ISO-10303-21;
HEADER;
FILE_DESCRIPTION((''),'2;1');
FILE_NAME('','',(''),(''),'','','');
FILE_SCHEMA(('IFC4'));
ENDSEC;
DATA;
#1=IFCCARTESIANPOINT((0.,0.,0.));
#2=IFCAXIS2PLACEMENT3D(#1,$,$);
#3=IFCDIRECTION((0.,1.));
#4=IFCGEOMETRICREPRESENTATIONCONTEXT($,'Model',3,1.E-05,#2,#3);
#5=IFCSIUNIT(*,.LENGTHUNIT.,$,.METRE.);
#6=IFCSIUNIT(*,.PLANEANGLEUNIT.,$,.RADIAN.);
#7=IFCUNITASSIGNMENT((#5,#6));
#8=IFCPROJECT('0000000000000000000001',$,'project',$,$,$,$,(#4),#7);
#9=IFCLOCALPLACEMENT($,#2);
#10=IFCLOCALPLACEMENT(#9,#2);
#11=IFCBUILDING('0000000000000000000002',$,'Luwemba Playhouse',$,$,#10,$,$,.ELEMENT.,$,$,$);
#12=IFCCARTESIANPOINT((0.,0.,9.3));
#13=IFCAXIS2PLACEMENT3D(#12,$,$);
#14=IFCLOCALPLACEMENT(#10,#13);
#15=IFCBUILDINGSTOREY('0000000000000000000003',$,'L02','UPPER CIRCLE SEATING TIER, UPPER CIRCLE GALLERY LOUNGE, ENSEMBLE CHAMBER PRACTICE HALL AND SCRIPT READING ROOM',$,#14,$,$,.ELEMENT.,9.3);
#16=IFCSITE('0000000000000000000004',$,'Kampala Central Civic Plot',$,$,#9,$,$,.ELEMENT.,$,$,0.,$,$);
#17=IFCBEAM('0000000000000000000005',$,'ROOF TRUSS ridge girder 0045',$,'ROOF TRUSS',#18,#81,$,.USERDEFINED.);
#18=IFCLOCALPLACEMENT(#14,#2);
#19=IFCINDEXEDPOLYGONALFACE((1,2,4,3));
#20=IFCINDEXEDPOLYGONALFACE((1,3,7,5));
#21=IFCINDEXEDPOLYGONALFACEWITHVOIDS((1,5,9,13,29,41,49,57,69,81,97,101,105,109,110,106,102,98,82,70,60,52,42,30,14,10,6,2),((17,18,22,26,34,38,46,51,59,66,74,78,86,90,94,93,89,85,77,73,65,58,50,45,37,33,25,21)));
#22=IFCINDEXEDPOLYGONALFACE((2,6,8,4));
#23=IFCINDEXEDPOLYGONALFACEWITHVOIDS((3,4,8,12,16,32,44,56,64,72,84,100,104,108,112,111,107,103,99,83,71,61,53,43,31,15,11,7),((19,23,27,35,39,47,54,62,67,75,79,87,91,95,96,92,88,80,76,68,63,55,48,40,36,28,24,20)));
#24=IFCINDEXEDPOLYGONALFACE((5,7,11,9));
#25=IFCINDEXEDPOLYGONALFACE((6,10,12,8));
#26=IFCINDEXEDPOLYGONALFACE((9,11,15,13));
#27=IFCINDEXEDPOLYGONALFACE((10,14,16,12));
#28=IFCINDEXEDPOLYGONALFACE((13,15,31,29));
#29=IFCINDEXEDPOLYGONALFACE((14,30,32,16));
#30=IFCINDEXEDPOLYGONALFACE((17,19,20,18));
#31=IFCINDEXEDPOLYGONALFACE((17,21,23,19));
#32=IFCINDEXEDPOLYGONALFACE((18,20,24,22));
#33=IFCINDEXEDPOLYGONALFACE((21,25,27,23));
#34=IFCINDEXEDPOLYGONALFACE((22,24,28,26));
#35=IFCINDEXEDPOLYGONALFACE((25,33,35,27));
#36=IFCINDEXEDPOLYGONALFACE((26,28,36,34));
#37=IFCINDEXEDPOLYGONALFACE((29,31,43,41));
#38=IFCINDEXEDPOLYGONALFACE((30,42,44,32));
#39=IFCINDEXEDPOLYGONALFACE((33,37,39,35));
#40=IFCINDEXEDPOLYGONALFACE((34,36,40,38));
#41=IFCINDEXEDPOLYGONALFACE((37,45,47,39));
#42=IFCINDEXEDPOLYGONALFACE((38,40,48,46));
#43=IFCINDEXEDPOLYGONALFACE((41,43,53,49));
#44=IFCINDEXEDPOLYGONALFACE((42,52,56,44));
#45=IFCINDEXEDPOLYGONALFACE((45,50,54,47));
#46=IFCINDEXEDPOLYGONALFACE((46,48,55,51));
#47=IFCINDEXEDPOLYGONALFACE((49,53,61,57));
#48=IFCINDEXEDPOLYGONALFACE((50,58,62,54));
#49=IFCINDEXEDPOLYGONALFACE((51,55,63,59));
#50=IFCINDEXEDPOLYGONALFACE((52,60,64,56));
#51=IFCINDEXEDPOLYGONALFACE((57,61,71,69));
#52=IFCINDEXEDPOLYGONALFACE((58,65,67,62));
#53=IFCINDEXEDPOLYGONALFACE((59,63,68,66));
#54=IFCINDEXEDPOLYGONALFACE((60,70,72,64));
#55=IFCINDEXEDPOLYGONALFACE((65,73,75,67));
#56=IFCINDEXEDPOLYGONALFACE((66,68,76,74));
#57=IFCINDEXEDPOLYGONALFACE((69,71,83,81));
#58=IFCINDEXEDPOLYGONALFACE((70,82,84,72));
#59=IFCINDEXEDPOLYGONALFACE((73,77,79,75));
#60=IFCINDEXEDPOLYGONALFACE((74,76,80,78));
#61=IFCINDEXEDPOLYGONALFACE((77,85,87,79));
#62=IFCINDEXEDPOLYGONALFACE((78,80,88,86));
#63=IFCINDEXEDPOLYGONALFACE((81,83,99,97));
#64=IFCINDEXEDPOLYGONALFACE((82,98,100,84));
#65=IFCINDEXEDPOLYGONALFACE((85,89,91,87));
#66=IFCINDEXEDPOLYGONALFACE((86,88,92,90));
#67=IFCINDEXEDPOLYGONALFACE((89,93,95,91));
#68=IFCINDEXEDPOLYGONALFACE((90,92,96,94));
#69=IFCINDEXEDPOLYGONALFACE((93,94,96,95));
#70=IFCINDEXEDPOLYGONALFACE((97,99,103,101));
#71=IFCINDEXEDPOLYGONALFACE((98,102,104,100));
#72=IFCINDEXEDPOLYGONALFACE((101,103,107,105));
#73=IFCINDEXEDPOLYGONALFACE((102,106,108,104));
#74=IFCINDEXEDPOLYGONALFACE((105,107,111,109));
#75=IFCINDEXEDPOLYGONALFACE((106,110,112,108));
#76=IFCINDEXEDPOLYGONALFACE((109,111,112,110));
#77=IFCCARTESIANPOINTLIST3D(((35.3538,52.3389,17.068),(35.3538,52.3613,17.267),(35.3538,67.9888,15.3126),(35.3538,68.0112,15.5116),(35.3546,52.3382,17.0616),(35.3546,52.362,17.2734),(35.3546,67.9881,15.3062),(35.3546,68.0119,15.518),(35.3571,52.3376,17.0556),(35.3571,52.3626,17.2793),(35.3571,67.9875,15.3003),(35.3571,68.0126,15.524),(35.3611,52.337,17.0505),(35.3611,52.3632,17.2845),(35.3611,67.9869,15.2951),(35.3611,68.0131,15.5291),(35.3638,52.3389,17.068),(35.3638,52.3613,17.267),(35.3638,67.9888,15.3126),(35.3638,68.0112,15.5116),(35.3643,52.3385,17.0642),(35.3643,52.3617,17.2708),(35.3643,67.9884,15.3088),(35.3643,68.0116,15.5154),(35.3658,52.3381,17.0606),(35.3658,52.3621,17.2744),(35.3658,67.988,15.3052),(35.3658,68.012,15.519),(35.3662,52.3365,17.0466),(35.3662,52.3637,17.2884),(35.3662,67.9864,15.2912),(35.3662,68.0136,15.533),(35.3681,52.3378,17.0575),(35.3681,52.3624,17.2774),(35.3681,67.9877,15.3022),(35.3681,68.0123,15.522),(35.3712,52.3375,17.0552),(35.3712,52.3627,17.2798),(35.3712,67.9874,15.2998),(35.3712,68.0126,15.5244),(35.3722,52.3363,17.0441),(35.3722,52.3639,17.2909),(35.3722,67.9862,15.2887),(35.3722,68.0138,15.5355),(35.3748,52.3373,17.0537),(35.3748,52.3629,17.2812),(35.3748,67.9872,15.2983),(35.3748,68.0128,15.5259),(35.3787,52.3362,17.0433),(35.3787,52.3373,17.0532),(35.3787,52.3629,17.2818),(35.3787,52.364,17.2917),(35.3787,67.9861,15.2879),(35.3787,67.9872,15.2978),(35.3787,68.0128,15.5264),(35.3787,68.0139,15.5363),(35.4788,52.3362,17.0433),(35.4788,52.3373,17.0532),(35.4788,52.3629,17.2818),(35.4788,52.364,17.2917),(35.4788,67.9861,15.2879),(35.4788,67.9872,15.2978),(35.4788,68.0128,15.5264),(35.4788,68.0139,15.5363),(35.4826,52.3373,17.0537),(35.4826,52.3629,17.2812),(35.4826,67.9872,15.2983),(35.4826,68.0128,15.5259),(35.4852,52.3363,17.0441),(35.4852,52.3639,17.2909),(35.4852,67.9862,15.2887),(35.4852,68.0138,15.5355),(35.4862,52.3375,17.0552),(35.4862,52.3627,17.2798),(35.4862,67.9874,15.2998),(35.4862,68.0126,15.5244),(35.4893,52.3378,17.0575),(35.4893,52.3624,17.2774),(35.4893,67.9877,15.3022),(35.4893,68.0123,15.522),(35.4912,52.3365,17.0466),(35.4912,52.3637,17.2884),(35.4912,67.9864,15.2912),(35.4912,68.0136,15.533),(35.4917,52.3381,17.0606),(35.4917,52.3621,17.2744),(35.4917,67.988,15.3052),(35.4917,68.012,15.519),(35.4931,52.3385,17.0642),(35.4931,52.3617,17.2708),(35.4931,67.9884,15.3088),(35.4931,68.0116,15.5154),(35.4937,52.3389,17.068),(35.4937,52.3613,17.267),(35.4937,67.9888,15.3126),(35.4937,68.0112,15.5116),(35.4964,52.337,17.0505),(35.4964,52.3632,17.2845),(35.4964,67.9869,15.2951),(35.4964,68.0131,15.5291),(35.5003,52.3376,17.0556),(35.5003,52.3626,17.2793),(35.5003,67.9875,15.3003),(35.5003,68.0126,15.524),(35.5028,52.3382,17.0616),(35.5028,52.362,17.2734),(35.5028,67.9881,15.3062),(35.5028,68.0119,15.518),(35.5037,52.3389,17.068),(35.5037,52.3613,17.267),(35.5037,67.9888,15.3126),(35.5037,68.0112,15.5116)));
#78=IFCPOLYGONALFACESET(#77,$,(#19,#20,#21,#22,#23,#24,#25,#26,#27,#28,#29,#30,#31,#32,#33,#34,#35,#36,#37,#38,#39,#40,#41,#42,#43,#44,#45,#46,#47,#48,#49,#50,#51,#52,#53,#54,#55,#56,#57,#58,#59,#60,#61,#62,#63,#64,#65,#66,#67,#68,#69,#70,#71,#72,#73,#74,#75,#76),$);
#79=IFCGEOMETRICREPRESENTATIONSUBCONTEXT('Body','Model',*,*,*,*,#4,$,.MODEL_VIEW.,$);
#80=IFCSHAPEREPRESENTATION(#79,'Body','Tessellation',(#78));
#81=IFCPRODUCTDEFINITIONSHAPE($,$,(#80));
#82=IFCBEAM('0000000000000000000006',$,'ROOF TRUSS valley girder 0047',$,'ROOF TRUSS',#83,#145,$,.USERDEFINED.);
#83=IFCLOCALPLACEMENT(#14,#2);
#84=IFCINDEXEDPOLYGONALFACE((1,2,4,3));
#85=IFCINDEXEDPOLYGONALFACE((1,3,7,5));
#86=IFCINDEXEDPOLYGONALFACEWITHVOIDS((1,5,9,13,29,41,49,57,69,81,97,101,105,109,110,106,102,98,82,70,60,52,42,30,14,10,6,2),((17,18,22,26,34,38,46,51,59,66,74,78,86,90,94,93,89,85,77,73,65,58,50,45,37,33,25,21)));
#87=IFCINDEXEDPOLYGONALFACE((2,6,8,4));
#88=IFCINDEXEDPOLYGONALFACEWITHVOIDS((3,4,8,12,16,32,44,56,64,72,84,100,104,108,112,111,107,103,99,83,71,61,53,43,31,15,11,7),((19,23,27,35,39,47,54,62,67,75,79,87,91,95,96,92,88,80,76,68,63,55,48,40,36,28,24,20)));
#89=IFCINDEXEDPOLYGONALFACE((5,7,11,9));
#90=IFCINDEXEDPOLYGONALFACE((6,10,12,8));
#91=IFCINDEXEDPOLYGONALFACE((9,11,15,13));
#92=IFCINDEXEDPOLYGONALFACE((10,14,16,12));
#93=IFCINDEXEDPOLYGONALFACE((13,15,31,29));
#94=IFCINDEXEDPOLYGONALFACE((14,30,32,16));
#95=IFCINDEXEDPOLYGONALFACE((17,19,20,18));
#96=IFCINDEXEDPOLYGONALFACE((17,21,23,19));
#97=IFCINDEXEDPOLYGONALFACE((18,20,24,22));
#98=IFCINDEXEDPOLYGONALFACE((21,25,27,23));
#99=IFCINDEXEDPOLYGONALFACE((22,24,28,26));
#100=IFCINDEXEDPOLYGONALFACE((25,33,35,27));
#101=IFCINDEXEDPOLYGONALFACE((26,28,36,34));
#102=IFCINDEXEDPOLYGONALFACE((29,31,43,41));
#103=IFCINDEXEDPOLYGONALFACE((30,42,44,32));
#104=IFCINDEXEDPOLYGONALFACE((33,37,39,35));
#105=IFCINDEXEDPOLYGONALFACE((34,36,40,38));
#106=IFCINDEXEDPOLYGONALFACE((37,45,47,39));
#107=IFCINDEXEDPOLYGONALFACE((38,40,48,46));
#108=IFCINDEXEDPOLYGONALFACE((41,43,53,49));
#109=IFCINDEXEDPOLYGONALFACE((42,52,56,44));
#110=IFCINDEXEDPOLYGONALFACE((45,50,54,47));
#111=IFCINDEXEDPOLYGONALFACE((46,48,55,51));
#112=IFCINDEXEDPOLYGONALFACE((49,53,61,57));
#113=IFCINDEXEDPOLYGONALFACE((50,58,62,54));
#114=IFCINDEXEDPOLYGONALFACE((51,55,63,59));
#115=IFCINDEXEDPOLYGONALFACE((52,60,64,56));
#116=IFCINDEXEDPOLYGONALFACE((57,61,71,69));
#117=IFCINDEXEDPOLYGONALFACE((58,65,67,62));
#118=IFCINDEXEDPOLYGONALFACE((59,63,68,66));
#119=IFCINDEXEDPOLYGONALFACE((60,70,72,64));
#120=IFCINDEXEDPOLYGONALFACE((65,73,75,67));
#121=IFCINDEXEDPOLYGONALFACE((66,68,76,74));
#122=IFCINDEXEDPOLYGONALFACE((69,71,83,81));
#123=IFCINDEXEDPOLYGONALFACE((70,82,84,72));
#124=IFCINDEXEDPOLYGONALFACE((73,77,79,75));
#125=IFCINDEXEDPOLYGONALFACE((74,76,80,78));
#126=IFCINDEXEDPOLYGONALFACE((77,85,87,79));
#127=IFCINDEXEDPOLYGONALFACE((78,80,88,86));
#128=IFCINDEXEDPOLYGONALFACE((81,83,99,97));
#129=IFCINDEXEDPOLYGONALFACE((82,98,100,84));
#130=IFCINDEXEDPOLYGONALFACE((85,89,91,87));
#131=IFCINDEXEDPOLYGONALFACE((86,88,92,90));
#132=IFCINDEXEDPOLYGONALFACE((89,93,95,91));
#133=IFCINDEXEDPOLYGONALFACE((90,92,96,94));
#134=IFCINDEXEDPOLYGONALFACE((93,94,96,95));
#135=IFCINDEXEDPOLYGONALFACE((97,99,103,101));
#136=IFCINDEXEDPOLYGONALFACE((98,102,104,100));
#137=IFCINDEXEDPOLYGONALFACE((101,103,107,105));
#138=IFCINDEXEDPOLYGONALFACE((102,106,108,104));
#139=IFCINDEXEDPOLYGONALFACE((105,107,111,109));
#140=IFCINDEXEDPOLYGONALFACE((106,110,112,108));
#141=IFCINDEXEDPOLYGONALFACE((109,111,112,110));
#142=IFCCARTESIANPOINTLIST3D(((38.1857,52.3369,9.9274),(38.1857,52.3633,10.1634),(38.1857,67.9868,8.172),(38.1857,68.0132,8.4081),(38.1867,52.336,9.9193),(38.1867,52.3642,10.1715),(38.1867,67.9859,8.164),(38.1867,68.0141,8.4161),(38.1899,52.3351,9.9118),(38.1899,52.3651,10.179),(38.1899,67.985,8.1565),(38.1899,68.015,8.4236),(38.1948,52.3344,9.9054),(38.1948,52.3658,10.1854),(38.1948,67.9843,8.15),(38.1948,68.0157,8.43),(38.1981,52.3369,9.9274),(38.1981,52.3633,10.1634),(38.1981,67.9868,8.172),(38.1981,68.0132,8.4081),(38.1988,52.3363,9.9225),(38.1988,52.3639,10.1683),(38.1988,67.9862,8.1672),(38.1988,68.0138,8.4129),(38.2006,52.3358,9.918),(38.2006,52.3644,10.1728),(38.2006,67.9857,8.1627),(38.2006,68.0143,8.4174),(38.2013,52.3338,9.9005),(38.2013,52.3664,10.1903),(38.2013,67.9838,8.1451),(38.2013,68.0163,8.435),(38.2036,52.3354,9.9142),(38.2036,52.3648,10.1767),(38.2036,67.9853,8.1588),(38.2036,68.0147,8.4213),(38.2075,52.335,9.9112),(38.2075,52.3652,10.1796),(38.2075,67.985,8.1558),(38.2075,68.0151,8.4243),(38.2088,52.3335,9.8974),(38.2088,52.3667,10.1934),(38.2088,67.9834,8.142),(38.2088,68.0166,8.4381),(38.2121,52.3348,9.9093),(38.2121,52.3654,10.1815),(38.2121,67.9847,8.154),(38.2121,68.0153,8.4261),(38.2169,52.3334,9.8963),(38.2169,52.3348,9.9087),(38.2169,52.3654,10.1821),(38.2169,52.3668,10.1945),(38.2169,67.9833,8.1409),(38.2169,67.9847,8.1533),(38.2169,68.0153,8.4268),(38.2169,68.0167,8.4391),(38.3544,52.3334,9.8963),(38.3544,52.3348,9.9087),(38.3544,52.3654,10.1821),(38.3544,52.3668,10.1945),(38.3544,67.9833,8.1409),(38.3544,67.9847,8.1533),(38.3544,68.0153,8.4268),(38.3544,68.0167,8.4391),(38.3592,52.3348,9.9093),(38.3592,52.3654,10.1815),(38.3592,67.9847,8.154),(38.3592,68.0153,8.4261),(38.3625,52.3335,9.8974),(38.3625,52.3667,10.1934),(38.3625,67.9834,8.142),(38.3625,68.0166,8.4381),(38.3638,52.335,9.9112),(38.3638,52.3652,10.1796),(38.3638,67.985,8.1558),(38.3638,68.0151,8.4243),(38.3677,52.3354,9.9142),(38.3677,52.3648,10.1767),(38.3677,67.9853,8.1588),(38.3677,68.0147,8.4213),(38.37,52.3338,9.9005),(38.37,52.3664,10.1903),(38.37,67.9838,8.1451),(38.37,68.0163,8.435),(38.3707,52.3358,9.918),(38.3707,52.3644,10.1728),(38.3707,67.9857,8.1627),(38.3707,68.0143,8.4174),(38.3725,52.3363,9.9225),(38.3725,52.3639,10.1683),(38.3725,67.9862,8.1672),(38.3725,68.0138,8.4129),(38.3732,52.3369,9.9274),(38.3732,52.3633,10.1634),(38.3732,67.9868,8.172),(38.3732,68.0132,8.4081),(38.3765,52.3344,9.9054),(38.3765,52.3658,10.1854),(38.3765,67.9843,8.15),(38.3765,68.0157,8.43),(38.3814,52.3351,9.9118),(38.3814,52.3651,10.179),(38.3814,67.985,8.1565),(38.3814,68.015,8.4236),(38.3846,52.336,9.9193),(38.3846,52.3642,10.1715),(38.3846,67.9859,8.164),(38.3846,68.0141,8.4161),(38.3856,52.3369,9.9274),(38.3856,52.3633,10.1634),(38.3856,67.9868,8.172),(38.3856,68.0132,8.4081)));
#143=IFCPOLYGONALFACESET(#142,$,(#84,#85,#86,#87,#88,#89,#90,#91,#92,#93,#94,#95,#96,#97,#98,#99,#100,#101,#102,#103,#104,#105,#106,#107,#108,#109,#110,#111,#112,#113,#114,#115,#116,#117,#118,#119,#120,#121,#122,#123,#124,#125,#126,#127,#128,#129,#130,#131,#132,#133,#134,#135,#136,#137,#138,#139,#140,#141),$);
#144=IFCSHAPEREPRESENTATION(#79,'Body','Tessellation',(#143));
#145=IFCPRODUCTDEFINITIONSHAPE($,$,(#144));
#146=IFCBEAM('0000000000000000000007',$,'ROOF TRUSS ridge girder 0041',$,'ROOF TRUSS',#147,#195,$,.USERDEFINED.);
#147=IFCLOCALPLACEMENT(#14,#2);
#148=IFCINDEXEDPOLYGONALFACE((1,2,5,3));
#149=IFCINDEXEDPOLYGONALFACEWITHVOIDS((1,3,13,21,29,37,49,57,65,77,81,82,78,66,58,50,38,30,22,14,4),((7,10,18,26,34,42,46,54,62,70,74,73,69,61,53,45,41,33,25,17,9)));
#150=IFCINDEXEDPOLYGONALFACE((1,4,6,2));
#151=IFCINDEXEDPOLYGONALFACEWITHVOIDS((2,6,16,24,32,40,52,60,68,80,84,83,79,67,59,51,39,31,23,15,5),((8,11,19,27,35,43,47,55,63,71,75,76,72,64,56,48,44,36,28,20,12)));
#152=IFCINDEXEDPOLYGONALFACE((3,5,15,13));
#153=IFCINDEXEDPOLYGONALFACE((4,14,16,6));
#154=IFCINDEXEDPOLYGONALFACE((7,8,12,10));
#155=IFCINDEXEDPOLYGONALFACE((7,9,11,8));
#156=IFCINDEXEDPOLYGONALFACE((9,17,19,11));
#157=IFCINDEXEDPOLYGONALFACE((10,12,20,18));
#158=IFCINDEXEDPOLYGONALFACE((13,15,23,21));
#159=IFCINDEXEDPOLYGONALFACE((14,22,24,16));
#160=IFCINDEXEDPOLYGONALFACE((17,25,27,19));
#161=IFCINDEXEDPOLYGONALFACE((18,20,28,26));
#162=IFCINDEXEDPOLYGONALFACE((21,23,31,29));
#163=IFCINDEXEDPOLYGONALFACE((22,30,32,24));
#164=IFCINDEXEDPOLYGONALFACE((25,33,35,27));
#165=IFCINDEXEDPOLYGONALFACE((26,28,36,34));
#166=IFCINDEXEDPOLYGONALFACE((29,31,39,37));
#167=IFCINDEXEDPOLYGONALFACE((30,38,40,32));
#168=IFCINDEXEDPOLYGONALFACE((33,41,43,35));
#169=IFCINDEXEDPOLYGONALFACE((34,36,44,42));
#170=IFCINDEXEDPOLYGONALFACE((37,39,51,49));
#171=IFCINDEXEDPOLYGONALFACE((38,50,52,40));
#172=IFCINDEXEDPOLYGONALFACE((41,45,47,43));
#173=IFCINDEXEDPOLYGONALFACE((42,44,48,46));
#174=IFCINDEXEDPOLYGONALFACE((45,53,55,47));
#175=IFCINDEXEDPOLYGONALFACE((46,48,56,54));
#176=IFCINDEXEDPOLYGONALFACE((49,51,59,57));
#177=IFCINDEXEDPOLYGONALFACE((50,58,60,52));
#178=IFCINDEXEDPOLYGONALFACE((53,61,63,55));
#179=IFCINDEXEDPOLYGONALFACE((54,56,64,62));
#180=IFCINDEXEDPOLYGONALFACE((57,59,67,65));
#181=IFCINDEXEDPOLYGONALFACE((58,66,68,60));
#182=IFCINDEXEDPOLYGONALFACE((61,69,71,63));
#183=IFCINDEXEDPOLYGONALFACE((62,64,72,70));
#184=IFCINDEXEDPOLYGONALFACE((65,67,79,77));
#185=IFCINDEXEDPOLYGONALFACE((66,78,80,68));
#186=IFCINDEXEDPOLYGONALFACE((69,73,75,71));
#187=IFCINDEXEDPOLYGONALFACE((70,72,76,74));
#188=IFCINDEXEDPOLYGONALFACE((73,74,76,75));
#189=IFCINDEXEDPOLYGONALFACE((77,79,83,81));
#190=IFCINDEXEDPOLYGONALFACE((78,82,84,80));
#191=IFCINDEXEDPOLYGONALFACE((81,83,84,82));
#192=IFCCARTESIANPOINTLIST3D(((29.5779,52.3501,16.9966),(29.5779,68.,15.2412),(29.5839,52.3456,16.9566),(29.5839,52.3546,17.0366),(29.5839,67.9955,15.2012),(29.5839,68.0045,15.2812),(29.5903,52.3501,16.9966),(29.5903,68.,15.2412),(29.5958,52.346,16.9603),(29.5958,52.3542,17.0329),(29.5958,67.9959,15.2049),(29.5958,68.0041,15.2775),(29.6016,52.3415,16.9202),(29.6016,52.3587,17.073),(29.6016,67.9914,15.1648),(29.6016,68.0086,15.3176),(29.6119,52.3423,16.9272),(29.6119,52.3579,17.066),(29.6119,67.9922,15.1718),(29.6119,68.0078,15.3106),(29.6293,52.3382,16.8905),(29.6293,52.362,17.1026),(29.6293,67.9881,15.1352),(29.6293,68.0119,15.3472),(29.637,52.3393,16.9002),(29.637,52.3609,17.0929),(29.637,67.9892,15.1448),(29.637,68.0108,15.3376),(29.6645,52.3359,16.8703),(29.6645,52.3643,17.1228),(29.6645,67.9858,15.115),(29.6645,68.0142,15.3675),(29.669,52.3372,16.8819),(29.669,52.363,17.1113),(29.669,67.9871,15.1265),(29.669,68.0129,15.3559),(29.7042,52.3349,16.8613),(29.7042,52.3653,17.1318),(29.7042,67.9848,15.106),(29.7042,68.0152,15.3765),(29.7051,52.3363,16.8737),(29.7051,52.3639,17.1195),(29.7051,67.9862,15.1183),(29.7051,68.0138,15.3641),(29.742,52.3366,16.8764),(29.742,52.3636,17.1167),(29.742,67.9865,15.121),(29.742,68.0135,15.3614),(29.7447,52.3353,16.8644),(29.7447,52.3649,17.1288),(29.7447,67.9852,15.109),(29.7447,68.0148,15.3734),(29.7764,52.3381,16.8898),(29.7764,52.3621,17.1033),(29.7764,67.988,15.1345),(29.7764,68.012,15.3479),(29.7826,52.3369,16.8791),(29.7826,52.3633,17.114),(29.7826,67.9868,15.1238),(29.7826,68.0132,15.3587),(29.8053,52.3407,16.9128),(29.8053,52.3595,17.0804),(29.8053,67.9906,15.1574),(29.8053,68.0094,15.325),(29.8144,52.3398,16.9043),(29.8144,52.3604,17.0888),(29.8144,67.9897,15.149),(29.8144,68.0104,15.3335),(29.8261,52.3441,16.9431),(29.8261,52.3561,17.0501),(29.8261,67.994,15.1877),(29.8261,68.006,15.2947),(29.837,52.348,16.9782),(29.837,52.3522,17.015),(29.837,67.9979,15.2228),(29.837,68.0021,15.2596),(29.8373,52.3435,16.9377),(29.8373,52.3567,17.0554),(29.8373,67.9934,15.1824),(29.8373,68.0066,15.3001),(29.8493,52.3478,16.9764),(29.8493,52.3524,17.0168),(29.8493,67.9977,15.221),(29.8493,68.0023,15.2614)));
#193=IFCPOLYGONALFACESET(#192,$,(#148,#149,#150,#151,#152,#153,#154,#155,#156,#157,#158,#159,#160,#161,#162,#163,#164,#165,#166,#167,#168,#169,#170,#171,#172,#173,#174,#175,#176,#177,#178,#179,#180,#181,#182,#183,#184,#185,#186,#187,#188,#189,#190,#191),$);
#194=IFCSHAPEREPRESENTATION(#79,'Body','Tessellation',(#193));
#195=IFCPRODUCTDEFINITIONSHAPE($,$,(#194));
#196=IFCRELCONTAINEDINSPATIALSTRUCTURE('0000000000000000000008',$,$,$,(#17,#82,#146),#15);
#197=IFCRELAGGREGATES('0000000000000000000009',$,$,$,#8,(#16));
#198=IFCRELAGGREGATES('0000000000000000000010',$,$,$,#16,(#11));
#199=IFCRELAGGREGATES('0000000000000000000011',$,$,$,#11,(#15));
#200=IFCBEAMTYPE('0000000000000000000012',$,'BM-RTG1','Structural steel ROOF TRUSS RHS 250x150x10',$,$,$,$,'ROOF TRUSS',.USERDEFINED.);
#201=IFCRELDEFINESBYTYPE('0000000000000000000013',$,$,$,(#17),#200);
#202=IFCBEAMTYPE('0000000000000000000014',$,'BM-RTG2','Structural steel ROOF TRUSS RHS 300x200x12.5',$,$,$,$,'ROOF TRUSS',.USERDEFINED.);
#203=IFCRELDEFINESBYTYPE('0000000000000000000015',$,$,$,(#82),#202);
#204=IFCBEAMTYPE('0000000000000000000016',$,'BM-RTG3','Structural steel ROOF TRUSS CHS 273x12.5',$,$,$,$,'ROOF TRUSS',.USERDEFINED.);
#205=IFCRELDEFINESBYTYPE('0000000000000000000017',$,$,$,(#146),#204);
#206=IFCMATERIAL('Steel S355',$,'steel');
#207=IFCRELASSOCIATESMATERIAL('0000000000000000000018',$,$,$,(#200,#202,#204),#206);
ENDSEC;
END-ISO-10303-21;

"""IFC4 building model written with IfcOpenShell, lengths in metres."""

from ifc_helpers import new_model, si_unit, direction, frame, origin, origin_2d, place, context, subcontext, project, spatial, hollow_rectangle, hollow_circle, extrude, material, material_profile, profile_set, type_object, element, save


model = new_model("IFC4")

# Units and contexts
model_context = context("Model", 3, precision=1e-05, world=origin(), true_north=direction((0.0, 1.0)))
body_context = subcontext(model_context, "Body", "Model", "MODEL_VIEW")
ifc_project = project(units=[si_unit("LENGTHUNIT", "METRE"), si_unit("PLANEANGLEUNIT", "RADIAN")], contexts=[model_context])

# Site, building, storey
site_placement = place(None, origin())
site = spatial("IfcSite", under=ifc_project, at=site_placement, Name="Kampala Central Civic Plot", CompositionType="ELEMENT", RefElevation=0.0)
building_placement = place(site_placement, origin())
building = spatial("IfcBuilding", under=site, at=building_placement, Name="Luwemba Playhouse", CompositionType="ELEMENT")
storey_placement = place(building_placement, frame((0.0, 0.0, 9.3)))
storey = spatial("IfcBuildingStorey", under=building, at=storey_placement, Name="L02", Description="UPPER CIRCLE SEATING TIER, UPPER CIRCLE GALLERY LOUNGE, ENSEMBLE CHAMBER PRACTICE HALL AND SCRIPT READING ROOM", CompositionType="ELEMENT", Elevation=9.3)

# Beams
ifc_material_1 = material(Name="Steel S355", Category="steel")
ifc_material_profile_1 = material_profile(ifc_material_1, hollow_rectangle(XDim=0.1499, YDim=0.25, WallThickness=0.01, InnerFilletRadius=0.0149, OuterFilletRadius=0.0249, at=origin_2d()))
ifc_profile_set_1 = profile_set([ifc_material_profile_1], Name="Steel S355")
beam_type_1 = type_object("IfcBeamType", Name="BM-RTG1", Description="Structural steel ROOF TRUSS RHS 250x150x10", ElementType="ROOF TRUSS", PredefinedType="USERDEFINED", material=ifc_profile_set_1)
beam_1_placement = place(storey_placement, frame((35.4287, 52.3501, 17.1675), z_axis=(0.0, 0.993768, -0.111466), x_axis=(-1.0, 0.0, 0.0)))
element("IfcBeam", 1, at=beam_1_placement, inside=storey, type_object=beam_type_1, Name="ROOF TRUSS ridge girder 0045", ObjectType="ROOF TRUSS", PredefinedType="USERDEFINED", context=body_context, shape_type="SweptSolid", body=[
    extrude(hollow_rectangle(XDim=0.1499, YDim=0.25, WallThickness=0.01, InnerFilletRadius=0.0149, OuterFilletRadius=0.0249, at=origin_2d()), origin(), (0.0, 0.0, 1.0), 15.748),
])
ifc_material_profile_2 = material_profile(ifc_material_1, hollow_rectangle(XDim=0.2, YDim=0.3, WallThickness=0.0125, InnerFilletRadius=0.0188, OuterFilletRadius=0.0312, at=origin_2d()))
ifc_profile_set_2 = profile_set([ifc_material_profile_2], Name="Steel S355")
beam_type_2 = type_object("IfcBeamType", Name="BM-RTG2", Description="Structural steel ROOF TRUSS RHS 300x200x12.5", ElementType="ROOF TRUSS", PredefinedType="USERDEFINED", material=ifc_profile_set_2)
beam_2_placement = place(storey_placement, frame((38.2856, 52.3501, 10.0454), z_axis=(0.0, 0.993768, -0.111466), x_axis=(-1.0, 0.0, 0.0)))
element("IfcBeam", 2, at=beam_2_placement, inside=storey, type_object=beam_type_2, Name="ROOF TRUSS valley girder 0047", ObjectType="ROOF TRUSS", PredefinedType="USERDEFINED", context=body_context, shape_type="SweptSolid", body=[
    extrude(hollow_rectangle(XDim=0.2, YDim=0.3, WallThickness=0.0125, InnerFilletRadius=0.0188, OuterFilletRadius=0.0312, at=origin_2d()), origin(), (0.0, 0.0, 1.0), 15.748),
])
ifc_material_profile_3 = material_profile(ifc_material_1, hollow_circle(Radius=0.1365, WallThickness=0.0125, at=origin_2d()))
ifc_profile_set_3 = profile_set([ifc_material_profile_3], Name="Steel S355")
beam_type_3 = type_object("IfcBeamType", Name="BM-RTG3", Description="Structural steel ROOF TRUSS CHS 273x12.5", ElementType="ROOF TRUSS", PredefinedType="USERDEFINED", material=ifc_profile_set_3)
beam_3_placement = place(storey_placement, frame((29.7144, 52.3501, 16.9966), z_axis=(0.0, 0.993768, -0.111466), x_axis=(-1.0, 0.0, 0.0)))
element("IfcBeam", 3, at=beam_3_placement, inside=storey, type_object=beam_type_3, Name="ROOF TRUSS ridge girder 0041", ObjectType="ROOF TRUSS", PredefinedType="USERDEFINED", context=body_context, shape_type="SweptSolid", body=[
    extrude(hollow_circle(Radius=0.1365, WallThickness=0.0125, at=origin_2d()), origin(), (0.0, 0.0, 1.0), 15.748),
])

save(model, "model.ifc")
